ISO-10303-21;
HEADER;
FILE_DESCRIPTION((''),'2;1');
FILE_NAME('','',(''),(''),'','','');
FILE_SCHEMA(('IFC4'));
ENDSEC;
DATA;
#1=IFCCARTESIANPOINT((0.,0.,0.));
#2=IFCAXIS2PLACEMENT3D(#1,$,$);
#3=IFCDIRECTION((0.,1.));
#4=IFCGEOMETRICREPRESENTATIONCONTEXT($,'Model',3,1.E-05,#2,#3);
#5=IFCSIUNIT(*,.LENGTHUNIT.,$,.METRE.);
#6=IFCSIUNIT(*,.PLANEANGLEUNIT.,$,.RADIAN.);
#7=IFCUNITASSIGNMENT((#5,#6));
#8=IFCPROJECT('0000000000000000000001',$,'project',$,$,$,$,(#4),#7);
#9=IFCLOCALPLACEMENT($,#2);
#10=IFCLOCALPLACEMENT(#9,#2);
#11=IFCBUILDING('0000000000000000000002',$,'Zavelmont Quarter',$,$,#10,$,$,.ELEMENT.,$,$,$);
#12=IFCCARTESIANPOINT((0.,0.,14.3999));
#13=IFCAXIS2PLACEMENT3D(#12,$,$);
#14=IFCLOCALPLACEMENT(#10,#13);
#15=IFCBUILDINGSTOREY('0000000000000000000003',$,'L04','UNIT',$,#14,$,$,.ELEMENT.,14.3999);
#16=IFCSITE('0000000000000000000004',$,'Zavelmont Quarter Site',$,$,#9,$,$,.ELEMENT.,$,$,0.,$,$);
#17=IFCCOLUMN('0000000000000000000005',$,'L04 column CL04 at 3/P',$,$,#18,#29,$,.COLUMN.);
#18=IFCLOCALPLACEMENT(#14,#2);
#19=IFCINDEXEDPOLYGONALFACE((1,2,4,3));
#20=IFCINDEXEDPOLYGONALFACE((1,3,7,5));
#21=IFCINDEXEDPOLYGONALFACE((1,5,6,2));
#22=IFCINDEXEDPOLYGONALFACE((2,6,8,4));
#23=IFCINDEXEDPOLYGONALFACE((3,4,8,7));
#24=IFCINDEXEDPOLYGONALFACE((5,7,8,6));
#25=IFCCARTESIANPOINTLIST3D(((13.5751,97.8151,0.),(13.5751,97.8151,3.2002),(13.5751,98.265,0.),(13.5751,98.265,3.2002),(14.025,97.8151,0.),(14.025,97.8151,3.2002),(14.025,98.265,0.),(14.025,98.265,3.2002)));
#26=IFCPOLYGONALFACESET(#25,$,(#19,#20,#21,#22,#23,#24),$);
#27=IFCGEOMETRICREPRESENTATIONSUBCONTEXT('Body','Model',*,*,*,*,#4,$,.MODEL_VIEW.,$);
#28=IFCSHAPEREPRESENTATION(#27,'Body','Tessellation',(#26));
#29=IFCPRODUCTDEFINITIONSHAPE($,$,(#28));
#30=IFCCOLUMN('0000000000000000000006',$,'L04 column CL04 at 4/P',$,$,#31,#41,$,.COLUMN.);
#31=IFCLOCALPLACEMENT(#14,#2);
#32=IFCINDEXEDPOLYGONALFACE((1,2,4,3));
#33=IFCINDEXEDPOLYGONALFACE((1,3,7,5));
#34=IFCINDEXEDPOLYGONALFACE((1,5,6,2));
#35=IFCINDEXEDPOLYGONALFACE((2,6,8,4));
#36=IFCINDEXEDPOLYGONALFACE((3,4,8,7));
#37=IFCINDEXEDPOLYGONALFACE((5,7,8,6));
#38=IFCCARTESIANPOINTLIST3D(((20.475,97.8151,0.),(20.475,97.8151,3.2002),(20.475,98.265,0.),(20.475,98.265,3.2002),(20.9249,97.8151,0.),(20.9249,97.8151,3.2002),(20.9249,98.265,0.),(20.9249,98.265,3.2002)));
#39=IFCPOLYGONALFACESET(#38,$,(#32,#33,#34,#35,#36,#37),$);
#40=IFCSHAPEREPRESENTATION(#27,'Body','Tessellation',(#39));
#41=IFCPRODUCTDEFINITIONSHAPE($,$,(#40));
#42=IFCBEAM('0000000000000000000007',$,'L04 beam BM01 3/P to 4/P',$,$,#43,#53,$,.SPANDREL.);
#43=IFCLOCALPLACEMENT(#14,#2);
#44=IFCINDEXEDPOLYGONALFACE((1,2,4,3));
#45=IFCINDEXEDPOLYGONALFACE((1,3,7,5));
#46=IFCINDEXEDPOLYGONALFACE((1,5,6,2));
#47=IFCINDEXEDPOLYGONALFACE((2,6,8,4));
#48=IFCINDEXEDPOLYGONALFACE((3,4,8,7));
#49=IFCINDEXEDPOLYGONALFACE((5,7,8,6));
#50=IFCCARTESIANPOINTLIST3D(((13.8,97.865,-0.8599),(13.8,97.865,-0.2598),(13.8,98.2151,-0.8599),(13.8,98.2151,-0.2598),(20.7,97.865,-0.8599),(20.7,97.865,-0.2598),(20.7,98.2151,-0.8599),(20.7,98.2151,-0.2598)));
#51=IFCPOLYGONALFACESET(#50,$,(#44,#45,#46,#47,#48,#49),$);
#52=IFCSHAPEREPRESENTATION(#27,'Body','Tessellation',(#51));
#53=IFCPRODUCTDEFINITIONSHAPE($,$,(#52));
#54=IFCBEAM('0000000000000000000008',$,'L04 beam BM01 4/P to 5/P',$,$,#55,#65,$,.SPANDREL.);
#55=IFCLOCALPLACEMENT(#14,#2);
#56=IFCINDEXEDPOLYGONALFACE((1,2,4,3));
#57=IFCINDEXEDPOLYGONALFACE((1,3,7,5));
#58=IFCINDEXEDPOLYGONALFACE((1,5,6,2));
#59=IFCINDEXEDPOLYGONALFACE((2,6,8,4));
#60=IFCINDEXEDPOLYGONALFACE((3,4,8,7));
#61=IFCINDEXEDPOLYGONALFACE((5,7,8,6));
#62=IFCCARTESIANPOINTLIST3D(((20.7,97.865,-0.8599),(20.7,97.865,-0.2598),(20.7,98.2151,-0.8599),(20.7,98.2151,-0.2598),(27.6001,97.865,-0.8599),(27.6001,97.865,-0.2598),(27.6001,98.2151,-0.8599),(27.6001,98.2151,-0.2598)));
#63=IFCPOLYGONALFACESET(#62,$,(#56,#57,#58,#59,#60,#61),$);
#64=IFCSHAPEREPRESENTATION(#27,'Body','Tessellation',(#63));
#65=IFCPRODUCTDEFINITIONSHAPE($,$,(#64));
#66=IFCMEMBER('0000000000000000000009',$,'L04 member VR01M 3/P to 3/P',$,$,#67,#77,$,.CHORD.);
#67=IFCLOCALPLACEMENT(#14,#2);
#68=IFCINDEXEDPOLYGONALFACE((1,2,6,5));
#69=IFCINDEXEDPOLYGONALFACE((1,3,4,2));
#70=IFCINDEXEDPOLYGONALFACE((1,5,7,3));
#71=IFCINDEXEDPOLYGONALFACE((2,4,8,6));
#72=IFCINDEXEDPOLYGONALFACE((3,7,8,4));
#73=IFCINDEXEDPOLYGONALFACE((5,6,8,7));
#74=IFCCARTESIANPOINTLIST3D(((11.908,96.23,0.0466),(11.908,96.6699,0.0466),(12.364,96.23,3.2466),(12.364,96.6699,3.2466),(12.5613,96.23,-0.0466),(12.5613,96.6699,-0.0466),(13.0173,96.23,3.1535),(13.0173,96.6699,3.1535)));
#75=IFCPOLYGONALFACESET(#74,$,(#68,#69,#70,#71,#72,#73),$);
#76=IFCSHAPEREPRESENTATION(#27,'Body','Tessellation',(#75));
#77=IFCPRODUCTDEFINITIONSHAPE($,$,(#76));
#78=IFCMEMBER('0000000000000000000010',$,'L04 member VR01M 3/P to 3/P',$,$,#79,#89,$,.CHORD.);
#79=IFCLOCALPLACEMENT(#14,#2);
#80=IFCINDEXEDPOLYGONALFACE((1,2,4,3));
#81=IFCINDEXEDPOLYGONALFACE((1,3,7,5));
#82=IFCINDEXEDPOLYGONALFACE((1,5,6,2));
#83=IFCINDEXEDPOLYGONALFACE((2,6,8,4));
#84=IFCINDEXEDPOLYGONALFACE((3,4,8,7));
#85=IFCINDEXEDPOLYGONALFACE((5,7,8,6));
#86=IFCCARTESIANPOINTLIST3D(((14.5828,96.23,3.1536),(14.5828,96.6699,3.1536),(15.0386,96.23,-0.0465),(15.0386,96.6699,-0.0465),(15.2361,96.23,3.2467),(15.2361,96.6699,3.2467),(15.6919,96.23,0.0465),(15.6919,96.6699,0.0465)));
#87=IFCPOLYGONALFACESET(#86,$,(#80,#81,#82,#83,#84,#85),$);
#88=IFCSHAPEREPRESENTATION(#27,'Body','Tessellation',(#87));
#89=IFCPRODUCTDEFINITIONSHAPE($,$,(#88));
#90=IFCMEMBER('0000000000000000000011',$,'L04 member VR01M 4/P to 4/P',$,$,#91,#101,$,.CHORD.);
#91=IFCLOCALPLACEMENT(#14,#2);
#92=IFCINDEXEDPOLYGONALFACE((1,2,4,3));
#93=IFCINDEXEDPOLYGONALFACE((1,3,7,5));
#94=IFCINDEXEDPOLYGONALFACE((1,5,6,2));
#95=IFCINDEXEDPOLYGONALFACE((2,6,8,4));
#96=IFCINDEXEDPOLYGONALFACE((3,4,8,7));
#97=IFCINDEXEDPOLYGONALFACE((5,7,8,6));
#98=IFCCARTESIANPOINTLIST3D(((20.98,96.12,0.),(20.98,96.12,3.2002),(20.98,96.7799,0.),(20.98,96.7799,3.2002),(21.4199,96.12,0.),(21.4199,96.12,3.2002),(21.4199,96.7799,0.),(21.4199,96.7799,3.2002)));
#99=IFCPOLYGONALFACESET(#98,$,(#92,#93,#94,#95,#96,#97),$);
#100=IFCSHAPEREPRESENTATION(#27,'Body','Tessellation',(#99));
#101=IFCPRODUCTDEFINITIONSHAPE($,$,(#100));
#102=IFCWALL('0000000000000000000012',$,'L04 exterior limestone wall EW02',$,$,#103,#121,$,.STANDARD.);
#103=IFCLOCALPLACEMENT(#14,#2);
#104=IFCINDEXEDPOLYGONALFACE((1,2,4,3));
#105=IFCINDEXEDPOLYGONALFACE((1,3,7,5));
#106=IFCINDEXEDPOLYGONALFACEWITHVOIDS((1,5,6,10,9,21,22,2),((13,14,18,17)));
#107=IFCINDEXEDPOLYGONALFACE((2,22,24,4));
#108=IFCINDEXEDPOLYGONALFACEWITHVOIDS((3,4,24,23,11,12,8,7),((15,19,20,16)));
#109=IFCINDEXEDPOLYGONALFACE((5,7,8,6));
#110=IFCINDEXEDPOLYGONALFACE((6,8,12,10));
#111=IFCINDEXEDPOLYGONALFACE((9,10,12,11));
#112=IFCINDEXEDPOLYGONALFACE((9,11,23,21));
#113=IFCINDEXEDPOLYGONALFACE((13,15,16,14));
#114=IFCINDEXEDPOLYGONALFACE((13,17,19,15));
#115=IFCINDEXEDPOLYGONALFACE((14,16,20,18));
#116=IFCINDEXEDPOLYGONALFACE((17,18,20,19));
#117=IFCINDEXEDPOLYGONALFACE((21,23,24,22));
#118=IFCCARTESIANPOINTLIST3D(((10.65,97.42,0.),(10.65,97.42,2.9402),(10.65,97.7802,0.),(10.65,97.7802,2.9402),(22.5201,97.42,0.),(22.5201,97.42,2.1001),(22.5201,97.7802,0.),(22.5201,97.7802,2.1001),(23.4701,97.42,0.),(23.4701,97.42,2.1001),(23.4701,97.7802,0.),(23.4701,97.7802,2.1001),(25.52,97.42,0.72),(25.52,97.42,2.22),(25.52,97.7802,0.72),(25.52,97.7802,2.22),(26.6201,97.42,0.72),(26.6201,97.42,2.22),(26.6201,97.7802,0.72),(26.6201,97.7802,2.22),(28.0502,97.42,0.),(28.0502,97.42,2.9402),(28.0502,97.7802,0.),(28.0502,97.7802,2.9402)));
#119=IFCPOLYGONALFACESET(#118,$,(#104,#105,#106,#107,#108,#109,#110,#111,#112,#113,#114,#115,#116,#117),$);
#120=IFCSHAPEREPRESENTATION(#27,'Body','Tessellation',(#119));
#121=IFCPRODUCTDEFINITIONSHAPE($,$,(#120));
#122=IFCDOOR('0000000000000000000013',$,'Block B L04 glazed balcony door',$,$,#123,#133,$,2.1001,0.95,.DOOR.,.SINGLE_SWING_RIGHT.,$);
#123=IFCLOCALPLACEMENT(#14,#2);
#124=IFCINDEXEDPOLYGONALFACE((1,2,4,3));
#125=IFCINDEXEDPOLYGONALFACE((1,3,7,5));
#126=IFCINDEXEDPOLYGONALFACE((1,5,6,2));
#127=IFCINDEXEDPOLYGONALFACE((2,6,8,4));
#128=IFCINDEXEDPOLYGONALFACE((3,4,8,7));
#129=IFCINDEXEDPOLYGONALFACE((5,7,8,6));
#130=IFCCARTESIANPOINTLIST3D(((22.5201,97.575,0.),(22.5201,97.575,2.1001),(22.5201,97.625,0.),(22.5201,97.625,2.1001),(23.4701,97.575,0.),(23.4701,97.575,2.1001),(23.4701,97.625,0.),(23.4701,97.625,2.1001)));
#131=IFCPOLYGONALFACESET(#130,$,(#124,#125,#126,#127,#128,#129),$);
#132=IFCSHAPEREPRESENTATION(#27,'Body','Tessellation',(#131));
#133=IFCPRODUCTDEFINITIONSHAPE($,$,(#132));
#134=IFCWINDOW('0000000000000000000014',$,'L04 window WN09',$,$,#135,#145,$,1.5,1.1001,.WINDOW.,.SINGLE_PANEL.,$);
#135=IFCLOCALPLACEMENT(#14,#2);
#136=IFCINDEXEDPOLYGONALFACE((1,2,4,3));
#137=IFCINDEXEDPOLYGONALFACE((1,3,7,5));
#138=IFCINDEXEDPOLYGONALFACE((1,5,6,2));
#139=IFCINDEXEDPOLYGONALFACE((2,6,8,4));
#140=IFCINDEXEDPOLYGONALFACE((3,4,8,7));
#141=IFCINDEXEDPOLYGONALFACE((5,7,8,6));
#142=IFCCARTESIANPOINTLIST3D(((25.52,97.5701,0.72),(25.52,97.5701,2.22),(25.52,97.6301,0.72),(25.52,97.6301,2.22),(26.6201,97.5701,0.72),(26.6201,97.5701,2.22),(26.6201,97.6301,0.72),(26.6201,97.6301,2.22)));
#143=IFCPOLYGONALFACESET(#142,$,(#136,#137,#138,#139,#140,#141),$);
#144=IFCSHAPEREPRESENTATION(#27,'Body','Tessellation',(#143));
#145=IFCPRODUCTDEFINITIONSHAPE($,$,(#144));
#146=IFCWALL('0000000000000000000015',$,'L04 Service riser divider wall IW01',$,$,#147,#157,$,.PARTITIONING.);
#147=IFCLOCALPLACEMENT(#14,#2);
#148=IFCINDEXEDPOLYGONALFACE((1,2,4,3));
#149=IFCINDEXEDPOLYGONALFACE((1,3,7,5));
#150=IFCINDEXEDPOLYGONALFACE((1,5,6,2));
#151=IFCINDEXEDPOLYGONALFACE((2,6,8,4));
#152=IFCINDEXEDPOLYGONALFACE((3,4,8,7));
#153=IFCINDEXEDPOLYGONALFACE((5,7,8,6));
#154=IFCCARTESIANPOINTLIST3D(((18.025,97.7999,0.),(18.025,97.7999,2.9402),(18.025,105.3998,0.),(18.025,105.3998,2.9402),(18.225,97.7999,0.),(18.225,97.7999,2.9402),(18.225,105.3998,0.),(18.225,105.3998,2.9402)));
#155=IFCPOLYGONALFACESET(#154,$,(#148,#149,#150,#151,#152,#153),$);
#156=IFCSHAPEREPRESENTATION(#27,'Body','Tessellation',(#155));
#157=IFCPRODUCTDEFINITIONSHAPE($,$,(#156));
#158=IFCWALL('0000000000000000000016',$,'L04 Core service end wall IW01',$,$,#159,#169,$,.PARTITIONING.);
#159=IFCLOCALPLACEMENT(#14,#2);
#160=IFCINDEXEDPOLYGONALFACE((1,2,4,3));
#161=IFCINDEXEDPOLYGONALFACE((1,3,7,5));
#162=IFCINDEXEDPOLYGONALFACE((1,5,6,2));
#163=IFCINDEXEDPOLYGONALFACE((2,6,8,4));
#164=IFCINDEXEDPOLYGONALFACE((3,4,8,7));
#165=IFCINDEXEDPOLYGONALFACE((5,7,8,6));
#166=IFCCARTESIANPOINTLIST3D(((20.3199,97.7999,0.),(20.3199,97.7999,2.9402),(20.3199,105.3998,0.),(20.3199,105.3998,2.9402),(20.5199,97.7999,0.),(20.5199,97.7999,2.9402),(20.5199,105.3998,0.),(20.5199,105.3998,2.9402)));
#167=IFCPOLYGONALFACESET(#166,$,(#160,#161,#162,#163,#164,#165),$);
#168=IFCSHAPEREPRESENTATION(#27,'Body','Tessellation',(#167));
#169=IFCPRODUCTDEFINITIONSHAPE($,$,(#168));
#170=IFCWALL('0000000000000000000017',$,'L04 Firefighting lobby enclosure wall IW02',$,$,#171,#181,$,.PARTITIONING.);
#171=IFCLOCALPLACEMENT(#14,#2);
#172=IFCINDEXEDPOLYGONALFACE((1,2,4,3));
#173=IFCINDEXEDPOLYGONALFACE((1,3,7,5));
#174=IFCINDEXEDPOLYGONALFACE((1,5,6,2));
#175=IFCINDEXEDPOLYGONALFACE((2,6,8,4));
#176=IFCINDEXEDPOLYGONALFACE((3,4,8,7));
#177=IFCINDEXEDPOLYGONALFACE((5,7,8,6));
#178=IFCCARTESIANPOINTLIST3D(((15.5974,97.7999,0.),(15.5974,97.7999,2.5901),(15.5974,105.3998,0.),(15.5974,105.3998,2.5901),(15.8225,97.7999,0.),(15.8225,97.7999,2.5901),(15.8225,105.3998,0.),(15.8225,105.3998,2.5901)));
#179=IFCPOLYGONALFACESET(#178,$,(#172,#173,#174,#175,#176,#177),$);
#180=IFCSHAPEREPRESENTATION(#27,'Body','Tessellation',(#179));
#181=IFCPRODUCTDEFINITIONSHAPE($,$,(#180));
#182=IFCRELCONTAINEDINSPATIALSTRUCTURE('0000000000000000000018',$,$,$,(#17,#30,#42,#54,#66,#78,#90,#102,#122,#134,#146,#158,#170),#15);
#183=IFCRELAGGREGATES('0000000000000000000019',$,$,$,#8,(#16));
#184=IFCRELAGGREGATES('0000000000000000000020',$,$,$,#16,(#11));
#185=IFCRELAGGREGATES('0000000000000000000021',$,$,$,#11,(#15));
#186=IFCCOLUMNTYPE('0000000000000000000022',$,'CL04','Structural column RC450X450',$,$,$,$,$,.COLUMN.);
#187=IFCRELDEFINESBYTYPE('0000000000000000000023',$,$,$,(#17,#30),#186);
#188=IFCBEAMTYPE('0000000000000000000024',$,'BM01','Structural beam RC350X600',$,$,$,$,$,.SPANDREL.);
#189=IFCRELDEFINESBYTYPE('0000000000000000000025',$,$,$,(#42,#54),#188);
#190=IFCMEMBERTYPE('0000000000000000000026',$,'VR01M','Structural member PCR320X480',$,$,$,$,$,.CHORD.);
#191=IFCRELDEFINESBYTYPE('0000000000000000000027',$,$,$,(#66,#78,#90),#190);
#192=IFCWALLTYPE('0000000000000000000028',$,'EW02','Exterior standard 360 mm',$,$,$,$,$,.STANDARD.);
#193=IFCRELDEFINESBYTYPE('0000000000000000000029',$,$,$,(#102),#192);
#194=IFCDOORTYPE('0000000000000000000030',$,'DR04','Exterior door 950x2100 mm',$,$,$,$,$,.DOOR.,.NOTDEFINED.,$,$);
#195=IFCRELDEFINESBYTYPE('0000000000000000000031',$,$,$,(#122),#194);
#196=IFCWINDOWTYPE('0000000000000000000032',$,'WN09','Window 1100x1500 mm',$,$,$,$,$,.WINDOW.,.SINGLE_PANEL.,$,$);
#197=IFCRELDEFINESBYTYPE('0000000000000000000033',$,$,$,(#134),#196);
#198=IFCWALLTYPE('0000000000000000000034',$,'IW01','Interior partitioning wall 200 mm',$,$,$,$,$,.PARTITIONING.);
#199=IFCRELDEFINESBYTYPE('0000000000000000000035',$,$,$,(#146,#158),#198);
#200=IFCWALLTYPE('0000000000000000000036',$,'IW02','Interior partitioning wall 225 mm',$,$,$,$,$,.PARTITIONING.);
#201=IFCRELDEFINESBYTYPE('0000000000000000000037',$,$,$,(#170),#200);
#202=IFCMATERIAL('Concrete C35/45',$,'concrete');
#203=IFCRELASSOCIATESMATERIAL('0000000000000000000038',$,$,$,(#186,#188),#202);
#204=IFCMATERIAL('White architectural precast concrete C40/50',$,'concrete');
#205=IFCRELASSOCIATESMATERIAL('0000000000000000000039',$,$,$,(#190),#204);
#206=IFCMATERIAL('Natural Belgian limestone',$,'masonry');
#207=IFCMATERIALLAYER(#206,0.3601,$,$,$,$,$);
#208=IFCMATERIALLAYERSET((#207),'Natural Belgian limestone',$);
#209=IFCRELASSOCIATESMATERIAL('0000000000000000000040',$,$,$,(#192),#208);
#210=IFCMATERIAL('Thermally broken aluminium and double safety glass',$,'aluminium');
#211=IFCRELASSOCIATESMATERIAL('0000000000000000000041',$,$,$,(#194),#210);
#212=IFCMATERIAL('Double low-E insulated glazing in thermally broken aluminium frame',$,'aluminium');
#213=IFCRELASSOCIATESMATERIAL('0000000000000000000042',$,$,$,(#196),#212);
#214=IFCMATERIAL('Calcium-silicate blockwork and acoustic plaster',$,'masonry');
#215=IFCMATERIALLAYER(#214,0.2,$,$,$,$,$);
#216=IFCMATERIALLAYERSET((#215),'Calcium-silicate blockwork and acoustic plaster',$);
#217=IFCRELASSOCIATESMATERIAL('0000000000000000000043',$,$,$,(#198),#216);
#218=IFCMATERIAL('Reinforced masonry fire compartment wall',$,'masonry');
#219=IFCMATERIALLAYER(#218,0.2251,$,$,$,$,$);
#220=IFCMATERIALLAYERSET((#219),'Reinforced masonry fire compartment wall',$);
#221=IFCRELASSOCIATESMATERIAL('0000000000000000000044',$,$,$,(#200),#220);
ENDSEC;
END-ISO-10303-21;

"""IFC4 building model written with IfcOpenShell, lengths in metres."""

from ifc_helpers import new_model, si_unit, direction, frame, frame_2d, origin, origin_with_axes, origin_2d, place, context, subcontext, project, spatial, rectangle, extrude, material, layer, layer_set, material_profile, profile_set, type_object, element, fill, save


model = new_model("IFC4")

# Units and contexts
model_context = context("Model", 3, precision=1e-05, world=origin(), true_north=direction((0.0, 1.0)))
body_context = subcontext(model_context, "Body", "Model", "MODEL_VIEW")
ifc_project = project(units=[si_unit("LENGTHUNIT", "METRE"), si_unit("PLANEANGLEUNIT", "RADIAN")], contexts=[model_context])

# Site, building, storey
site_placement = place(None, origin())
site = spatial("IfcSite", under=ifc_project, at=site_placement, Name="Zavelmont Quarter Site", CompositionType="ELEMENT", RefElevation=0.0)
building_placement = place(site_placement, origin())
building = spatial("IfcBuilding", under=site, at=building_placement, Name="Zavelmont Quarter", CompositionType="ELEMENT")
storey_placement = place(building_placement, frame((0.0, 0.0, 14.3999)))
storey = spatial("IfcBuildingStorey", under=building, at=storey_placement, Name="L04", Description="UNIT", CompositionType="ELEMENT", Elevation=14.3999)

# Columns
ifc_material_1 = material(Name="Concrete C35/45", Category="concrete")
ifc_material_profile_1 = material_profile(ifc_material_1, rectangle(XDim=0.45, YDim=0.45, at=origin_2d()), Name="RC450X450")
ifc_profile_set_1 = profile_set([ifc_material_profile_1], Name="Concrete C35/45")
column_type = type_object("IfcColumnType", Name="CL04", Description="Structural column RC450X450", PredefinedType="COLUMN", material=ifc_profile_set_1)
for number, where, z_axis, x_axis, name in (
    (1, (13.8, 98.04, 0.0), (0.0, 0.0, 1.0), (1.0, 0.0, 0.0), "L04 column CL04 at 3/P"),
    (2, (20.7, 98.04, 0.0), (0.0, 0.0, 1.0), (1.0, 0.0, 0.0), "L04 column CL04 at 4/P"),
):
    element("IfcColumn", number, at=place(storey_placement, frame(where, z_axis=z_axis, x_axis=x_axis)), inside=storey, type_object=column_type, Name=name, PredefinedType="COLUMN", context=body_context, shape_type="SweptSolid", body=[
        extrude(rectangle(XDim=0.45, YDim=0.45, at=origin_2d()), origin(), (0.0, 0.0, 1.0), 3.2002),
    ])

# Beams
ifc_material_profile_2 = material_profile(ifc_material_1, rectangle(XDim=0.3501, YDim=0.6001, at=origin_2d()), Name="RC350X600")
ifc_profile_set_2 = profile_set([ifc_material_profile_2], Name="Concrete C35/45")
beam_type = type_object("IfcBeamType", Name="BM01", Description="Structural beam RC350X600", PredefinedType="SPANDREL", material=ifc_profile_set_2)
beam_1_placement = place(storey_placement, frame((13.8, 98.04, -0.5598), z_axis=(1.0, 0.0, 0.0), x_axis=(0.0, 1.0, 0.0)))
element("IfcBeam", 3, at=beam_1_placement, inside=storey, type_object=beam_type, Name="L04 beam BM01 3/P to 4/P", PredefinedType="SPANDREL", context=body_context, shape_type="SweptSolid", body=[
    extrude(rectangle(XDim=0.3501, YDim=0.6001, at=origin_2d()), origin(), (0.0, 0.0, 1.0), 6.8999),
])
beam_2_placement = place(storey_placement, frame((20.7, 98.04, -0.5598), z_axis=(1.0, 0.0, 0.0), x_axis=(0.0, 1.0, 0.0)))
element("IfcBeam", 4, at=beam_2_placement, inside=storey, type_object=beam_type, Name="L04 beam BM01 4/P to 5/P", PredefinedType="SPANDREL", context=body_context, shape_type="SweptSolid", body=[
    extrude(rectangle(XDim=0.3501, YDim=0.6001, at=origin_2d()), origin(), (0.0, 0.0, 1.0), 6.9001),
])

# Members
ifc_material_2 = material(Name="White architectural precast concrete C40/50", Category="concrete")
ifc_material_profile_3 = material_profile(ifc_material_2, rectangle(XDim=0.4399, YDim=0.6599, at=origin_2d()), Name="PCR320X480")
ifc_profile_set_3 = profile_set([ifc_material_profile_3], Name="White architectural precast concrete C40/50")
member_type = type_object("IfcMemberType", Name="VR01M", Description="Structural member PCR320X480", PredefinedType="CHORD", material=ifc_profile_set_3)
for number, where, z_axis, x_axis, name in (
    (5, (12.2346, 96.45, 0.0), (0.141083, 0.0, 0.989998), (0.0, 1.0, 0.0), "L04 member VR01M 3/P to 3/P"),
    (6, (15.3652, 96.45, 0.0), (-0.141009, 0.0, 0.990008), (0.0, -1.0, 0.0), "L04 member VR01M 3/P to 3/P"),
):
    element("IfcMember", number, at=place(storey_placement, frame(where, z_axis=z_axis, x_axis=x_axis)), inside=storey, type_object=member_type, Name=name, PredefinedType="CHORD", context=body_context, shape_type="SweptSolid", body=[
        extrude(rectangle(XDim=0.4399, YDim=0.6599, at=origin_2d()), origin(), (0.0, 0.0, 1.0), 3.2324),
    ])
member_placement = place(storey_placement, frame((21.2, 96.45, 0.0), z_axis=(0.0, 0.0, 1.0), x_axis=(1.0, 0.0, 0.0)))
element("IfcMember", 7, at=member_placement, inside=storey, type_object=member_type, Name="L04 member VR01M 4/P to 4/P", PredefinedType="CHORD", context=body_context, shape_type="SweptSolid", body=[
    extrude(rectangle(XDim=0.4399, YDim=0.6599, at=origin_2d()), origin(), (0.0, 0.0, 1.0), 3.2002),
])

# Wall, openings, door, window
ifc_material_3 = material(Name="Natural Belgian limestone", Category="masonry")
ifc_layer_1 = layer(ifc_material_3, 0.3601)
ifc_layer_set_1 = layer_set([ifc_layer_1], Name="Natural Belgian limestone")
wall_type_1 = type_object("IfcWallType", Name="EW02", Description="Exterior standard 360 mm", PredefinedType="STANDARD", material=ifc_layer_set_1)
wall_1_placement = place(storey_placement, frame((10.6499, 97.6001, 0.0), z_axis=(0.0, 0.0, 1.0), x_axis=(1.0, 0.0, 0.0)))
wall_1 = element("IfcWall", 8, at=wall_1_placement, inside=storey, type_object=wall_type_1, Name="L04 exterior limestone wall EW02", PredefinedType="STANDARD", context=body_context, shape_type="SweptSolid", body=[
    extrude(rectangle(XDim=17.4001, YDim=0.3601, at=frame_2d((8.7002, 0.0))), origin(), (0.0, 0.0, 1.0), 2.9402),
])
opening_1_placement = place(wall_1_placement, frame((11.8701, 0.0, 0.0)))
opening_1 = element("IfcOpeningElement", 9, at=opening_1_placement, cuts=wall_1, PredefinedType="OPENING", context=body_context, shape_type="SweptSolid", body=[
    extrude(rectangle(XDim=0.95, YDim=2.1001, at=frame_2d((0.4751, 1.05))), frame((0.0, 0.1919, 0.0), z_axis=(0.0, -1.0, 0.0), x_axis=(1.0, 0.0, 0.0)), (0.0, 0.0, 1.0), 0.384),
])
opening_2_placement = place(wall_1_placement, frame((14.8701, 0.0, 0.72)))
opening_2 = element("IfcOpeningElement", 10, at=opening_2_placement, cuts=wall_1, PredefinedType="OPENING", context=body_context, shape_type="SweptSolid", body=[
    extrude(rectangle(XDim=1.1001, YDim=1.5, at=frame_2d((0.55, 0.75))), frame((0.0, 0.1919, 0.0), z_axis=(0.0, -1.0, 0.0), x_axis=(1.0, 0.0, 0.0)), (0.0, 0.0, 1.0), 0.384),
])
ifc_material_4 = material(Name="Thermally broken aluminium and double safety glass", Category="aluminium")
door_type_1 = type_object("IfcDoorType", Name="DR04", Description="Exterior door 950x2100 mm", OperationType="NOTDEFINED", PredefinedType="DOOR", material=ifc_material_4)
door_1_placement = place(opening_1_placement, origin_with_axes())
door_1 = element("IfcDoor", 11, at=door_1_placement, inside=storey, type_object=door_type_1, Name="Block B L04 glazed balcony door", OperationType="SINGLE_SWING_RIGHT", OverallHeight=2.1001, OverallWidth=0.95, PredefinedType="DOOR", context=body_context, shape_type="SweptSolid", body=[
    extrude(rectangle(XDim=0.95, YDim=2.1001, at=frame_2d((0.4751, 1.05))), frame((0.0, 0.0249, 0.0), z_axis=(0.0, -1.0, 0.0), x_axis=(1.0, 0.0, 0.0)), (0.0, 0.0, 1.0), 0.05),
])
fill(opening_1, door_1)
ifc_material_5 = material(Name="Double low-E insulated glazing in thermally broken aluminium frame", Category="aluminium")
window_type = type_object("IfcWindowType", Name="WN09", Description="Window 1100x1500 mm", PartitioningType="SINGLE_PANEL", PredefinedType="WINDOW", material=ifc_material_5)
window_placement = place(opening_2_placement, origin_with_axes())
window = element("IfcWindow", 12, at=window_placement, inside=storey, type_object=window_type, Name="L04 window WN09", OverallHeight=1.5, OverallWidth=1.1001, PartitioningType="SINGLE_PANEL", PredefinedType="WINDOW", context=body_context, shape_type="SweptSolid", body=[
    extrude(rectangle(XDim=1.1001, YDim=1.5, at=frame_2d((0.55, 0.75))), frame((0.0, 0.03, 0.0), z_axis=(0.0, -1.0, 0.0), x_axis=(1.0, 0.0, 0.0)), (0.0, 0.0, 1.0), 0.0601),
])
fill(opening_2, window)

# Walls
ifc_material_6 = material(Name="Calcium-silicate blockwork and acoustic plaster", Category="masonry")
ifc_layer_2 = layer(ifc_material_6, 0.2)
ifc_layer_set_2 = layer_set([ifc_layer_2], Name="Calcium-silicate blockwork and acoustic plaster")
wall_type_2 = type_object("IfcWallType", Name="IW01", Description="Interior partitioning wall 200 mm", PredefinedType="PARTITIONING", material=ifc_layer_set_2)
for number, where, z_axis, x_axis, name in (
    (13, (18.125, 97.8, 0.0), (0.0, 0.0, 1.0), (0.0, 1.0, 0.0), "L04 Service riser divider wall IW01"),
    (14, (20.4199, 97.8, 0.0), (0.0, 0.0, 1.0), (0.0, 1.0, 0.0), "L04 Core service end wall IW01"),
):
    element("IfcWall", number, at=place(storey_placement, frame(where, z_axis=z_axis, x_axis=x_axis)), inside=storey, type_object=wall_type_2, Name=name, PredefinedType="PARTITIONING", context=body_context, shape_type="SweptSolid", body=[
        extrude(rectangle(XDim=7.5999, YDim=0.2, at=frame_2d((3.7998, 0.0))), origin(), (0.0, 0.0, 1.0), 2.9402),
    ])
ifc_material_7 = material(Name="Reinforced masonry fire compartment wall", Category="masonry")
ifc_layer_3 = layer(ifc_material_7, 0.2251)
ifc_layer_set_3 = layer_set([ifc_layer_3], Name="Reinforced masonry fire compartment wall")
wall_type_3 = type_object("IfcWallType", Name="IW02", Description="Interior partitioning wall 225 mm", PredefinedType="PARTITIONING", material=ifc_layer_set_3)
wall_2_placement = place(storey_placement, frame((15.71, 97.8, 0.0), z_axis=(0.0, 0.0, 1.0), x_axis=(0.0, 1.0, 0.0)))
element("IfcWall", 15, at=wall_2_placement, inside=storey, type_object=wall_type_3, Name="L04 Firefighting lobby enclosure wall IW02", PredefinedType="PARTITIONING", context=body_context, shape_type="SweptSolid", body=[
    extrude(rectangle(XDim=7.5999, YDim=0.2251, at=frame_2d((3.7998, 0.0))), origin(), (0.0, 0.0, 1.0), 2.5901),
])

save(model, "model.ifc")
